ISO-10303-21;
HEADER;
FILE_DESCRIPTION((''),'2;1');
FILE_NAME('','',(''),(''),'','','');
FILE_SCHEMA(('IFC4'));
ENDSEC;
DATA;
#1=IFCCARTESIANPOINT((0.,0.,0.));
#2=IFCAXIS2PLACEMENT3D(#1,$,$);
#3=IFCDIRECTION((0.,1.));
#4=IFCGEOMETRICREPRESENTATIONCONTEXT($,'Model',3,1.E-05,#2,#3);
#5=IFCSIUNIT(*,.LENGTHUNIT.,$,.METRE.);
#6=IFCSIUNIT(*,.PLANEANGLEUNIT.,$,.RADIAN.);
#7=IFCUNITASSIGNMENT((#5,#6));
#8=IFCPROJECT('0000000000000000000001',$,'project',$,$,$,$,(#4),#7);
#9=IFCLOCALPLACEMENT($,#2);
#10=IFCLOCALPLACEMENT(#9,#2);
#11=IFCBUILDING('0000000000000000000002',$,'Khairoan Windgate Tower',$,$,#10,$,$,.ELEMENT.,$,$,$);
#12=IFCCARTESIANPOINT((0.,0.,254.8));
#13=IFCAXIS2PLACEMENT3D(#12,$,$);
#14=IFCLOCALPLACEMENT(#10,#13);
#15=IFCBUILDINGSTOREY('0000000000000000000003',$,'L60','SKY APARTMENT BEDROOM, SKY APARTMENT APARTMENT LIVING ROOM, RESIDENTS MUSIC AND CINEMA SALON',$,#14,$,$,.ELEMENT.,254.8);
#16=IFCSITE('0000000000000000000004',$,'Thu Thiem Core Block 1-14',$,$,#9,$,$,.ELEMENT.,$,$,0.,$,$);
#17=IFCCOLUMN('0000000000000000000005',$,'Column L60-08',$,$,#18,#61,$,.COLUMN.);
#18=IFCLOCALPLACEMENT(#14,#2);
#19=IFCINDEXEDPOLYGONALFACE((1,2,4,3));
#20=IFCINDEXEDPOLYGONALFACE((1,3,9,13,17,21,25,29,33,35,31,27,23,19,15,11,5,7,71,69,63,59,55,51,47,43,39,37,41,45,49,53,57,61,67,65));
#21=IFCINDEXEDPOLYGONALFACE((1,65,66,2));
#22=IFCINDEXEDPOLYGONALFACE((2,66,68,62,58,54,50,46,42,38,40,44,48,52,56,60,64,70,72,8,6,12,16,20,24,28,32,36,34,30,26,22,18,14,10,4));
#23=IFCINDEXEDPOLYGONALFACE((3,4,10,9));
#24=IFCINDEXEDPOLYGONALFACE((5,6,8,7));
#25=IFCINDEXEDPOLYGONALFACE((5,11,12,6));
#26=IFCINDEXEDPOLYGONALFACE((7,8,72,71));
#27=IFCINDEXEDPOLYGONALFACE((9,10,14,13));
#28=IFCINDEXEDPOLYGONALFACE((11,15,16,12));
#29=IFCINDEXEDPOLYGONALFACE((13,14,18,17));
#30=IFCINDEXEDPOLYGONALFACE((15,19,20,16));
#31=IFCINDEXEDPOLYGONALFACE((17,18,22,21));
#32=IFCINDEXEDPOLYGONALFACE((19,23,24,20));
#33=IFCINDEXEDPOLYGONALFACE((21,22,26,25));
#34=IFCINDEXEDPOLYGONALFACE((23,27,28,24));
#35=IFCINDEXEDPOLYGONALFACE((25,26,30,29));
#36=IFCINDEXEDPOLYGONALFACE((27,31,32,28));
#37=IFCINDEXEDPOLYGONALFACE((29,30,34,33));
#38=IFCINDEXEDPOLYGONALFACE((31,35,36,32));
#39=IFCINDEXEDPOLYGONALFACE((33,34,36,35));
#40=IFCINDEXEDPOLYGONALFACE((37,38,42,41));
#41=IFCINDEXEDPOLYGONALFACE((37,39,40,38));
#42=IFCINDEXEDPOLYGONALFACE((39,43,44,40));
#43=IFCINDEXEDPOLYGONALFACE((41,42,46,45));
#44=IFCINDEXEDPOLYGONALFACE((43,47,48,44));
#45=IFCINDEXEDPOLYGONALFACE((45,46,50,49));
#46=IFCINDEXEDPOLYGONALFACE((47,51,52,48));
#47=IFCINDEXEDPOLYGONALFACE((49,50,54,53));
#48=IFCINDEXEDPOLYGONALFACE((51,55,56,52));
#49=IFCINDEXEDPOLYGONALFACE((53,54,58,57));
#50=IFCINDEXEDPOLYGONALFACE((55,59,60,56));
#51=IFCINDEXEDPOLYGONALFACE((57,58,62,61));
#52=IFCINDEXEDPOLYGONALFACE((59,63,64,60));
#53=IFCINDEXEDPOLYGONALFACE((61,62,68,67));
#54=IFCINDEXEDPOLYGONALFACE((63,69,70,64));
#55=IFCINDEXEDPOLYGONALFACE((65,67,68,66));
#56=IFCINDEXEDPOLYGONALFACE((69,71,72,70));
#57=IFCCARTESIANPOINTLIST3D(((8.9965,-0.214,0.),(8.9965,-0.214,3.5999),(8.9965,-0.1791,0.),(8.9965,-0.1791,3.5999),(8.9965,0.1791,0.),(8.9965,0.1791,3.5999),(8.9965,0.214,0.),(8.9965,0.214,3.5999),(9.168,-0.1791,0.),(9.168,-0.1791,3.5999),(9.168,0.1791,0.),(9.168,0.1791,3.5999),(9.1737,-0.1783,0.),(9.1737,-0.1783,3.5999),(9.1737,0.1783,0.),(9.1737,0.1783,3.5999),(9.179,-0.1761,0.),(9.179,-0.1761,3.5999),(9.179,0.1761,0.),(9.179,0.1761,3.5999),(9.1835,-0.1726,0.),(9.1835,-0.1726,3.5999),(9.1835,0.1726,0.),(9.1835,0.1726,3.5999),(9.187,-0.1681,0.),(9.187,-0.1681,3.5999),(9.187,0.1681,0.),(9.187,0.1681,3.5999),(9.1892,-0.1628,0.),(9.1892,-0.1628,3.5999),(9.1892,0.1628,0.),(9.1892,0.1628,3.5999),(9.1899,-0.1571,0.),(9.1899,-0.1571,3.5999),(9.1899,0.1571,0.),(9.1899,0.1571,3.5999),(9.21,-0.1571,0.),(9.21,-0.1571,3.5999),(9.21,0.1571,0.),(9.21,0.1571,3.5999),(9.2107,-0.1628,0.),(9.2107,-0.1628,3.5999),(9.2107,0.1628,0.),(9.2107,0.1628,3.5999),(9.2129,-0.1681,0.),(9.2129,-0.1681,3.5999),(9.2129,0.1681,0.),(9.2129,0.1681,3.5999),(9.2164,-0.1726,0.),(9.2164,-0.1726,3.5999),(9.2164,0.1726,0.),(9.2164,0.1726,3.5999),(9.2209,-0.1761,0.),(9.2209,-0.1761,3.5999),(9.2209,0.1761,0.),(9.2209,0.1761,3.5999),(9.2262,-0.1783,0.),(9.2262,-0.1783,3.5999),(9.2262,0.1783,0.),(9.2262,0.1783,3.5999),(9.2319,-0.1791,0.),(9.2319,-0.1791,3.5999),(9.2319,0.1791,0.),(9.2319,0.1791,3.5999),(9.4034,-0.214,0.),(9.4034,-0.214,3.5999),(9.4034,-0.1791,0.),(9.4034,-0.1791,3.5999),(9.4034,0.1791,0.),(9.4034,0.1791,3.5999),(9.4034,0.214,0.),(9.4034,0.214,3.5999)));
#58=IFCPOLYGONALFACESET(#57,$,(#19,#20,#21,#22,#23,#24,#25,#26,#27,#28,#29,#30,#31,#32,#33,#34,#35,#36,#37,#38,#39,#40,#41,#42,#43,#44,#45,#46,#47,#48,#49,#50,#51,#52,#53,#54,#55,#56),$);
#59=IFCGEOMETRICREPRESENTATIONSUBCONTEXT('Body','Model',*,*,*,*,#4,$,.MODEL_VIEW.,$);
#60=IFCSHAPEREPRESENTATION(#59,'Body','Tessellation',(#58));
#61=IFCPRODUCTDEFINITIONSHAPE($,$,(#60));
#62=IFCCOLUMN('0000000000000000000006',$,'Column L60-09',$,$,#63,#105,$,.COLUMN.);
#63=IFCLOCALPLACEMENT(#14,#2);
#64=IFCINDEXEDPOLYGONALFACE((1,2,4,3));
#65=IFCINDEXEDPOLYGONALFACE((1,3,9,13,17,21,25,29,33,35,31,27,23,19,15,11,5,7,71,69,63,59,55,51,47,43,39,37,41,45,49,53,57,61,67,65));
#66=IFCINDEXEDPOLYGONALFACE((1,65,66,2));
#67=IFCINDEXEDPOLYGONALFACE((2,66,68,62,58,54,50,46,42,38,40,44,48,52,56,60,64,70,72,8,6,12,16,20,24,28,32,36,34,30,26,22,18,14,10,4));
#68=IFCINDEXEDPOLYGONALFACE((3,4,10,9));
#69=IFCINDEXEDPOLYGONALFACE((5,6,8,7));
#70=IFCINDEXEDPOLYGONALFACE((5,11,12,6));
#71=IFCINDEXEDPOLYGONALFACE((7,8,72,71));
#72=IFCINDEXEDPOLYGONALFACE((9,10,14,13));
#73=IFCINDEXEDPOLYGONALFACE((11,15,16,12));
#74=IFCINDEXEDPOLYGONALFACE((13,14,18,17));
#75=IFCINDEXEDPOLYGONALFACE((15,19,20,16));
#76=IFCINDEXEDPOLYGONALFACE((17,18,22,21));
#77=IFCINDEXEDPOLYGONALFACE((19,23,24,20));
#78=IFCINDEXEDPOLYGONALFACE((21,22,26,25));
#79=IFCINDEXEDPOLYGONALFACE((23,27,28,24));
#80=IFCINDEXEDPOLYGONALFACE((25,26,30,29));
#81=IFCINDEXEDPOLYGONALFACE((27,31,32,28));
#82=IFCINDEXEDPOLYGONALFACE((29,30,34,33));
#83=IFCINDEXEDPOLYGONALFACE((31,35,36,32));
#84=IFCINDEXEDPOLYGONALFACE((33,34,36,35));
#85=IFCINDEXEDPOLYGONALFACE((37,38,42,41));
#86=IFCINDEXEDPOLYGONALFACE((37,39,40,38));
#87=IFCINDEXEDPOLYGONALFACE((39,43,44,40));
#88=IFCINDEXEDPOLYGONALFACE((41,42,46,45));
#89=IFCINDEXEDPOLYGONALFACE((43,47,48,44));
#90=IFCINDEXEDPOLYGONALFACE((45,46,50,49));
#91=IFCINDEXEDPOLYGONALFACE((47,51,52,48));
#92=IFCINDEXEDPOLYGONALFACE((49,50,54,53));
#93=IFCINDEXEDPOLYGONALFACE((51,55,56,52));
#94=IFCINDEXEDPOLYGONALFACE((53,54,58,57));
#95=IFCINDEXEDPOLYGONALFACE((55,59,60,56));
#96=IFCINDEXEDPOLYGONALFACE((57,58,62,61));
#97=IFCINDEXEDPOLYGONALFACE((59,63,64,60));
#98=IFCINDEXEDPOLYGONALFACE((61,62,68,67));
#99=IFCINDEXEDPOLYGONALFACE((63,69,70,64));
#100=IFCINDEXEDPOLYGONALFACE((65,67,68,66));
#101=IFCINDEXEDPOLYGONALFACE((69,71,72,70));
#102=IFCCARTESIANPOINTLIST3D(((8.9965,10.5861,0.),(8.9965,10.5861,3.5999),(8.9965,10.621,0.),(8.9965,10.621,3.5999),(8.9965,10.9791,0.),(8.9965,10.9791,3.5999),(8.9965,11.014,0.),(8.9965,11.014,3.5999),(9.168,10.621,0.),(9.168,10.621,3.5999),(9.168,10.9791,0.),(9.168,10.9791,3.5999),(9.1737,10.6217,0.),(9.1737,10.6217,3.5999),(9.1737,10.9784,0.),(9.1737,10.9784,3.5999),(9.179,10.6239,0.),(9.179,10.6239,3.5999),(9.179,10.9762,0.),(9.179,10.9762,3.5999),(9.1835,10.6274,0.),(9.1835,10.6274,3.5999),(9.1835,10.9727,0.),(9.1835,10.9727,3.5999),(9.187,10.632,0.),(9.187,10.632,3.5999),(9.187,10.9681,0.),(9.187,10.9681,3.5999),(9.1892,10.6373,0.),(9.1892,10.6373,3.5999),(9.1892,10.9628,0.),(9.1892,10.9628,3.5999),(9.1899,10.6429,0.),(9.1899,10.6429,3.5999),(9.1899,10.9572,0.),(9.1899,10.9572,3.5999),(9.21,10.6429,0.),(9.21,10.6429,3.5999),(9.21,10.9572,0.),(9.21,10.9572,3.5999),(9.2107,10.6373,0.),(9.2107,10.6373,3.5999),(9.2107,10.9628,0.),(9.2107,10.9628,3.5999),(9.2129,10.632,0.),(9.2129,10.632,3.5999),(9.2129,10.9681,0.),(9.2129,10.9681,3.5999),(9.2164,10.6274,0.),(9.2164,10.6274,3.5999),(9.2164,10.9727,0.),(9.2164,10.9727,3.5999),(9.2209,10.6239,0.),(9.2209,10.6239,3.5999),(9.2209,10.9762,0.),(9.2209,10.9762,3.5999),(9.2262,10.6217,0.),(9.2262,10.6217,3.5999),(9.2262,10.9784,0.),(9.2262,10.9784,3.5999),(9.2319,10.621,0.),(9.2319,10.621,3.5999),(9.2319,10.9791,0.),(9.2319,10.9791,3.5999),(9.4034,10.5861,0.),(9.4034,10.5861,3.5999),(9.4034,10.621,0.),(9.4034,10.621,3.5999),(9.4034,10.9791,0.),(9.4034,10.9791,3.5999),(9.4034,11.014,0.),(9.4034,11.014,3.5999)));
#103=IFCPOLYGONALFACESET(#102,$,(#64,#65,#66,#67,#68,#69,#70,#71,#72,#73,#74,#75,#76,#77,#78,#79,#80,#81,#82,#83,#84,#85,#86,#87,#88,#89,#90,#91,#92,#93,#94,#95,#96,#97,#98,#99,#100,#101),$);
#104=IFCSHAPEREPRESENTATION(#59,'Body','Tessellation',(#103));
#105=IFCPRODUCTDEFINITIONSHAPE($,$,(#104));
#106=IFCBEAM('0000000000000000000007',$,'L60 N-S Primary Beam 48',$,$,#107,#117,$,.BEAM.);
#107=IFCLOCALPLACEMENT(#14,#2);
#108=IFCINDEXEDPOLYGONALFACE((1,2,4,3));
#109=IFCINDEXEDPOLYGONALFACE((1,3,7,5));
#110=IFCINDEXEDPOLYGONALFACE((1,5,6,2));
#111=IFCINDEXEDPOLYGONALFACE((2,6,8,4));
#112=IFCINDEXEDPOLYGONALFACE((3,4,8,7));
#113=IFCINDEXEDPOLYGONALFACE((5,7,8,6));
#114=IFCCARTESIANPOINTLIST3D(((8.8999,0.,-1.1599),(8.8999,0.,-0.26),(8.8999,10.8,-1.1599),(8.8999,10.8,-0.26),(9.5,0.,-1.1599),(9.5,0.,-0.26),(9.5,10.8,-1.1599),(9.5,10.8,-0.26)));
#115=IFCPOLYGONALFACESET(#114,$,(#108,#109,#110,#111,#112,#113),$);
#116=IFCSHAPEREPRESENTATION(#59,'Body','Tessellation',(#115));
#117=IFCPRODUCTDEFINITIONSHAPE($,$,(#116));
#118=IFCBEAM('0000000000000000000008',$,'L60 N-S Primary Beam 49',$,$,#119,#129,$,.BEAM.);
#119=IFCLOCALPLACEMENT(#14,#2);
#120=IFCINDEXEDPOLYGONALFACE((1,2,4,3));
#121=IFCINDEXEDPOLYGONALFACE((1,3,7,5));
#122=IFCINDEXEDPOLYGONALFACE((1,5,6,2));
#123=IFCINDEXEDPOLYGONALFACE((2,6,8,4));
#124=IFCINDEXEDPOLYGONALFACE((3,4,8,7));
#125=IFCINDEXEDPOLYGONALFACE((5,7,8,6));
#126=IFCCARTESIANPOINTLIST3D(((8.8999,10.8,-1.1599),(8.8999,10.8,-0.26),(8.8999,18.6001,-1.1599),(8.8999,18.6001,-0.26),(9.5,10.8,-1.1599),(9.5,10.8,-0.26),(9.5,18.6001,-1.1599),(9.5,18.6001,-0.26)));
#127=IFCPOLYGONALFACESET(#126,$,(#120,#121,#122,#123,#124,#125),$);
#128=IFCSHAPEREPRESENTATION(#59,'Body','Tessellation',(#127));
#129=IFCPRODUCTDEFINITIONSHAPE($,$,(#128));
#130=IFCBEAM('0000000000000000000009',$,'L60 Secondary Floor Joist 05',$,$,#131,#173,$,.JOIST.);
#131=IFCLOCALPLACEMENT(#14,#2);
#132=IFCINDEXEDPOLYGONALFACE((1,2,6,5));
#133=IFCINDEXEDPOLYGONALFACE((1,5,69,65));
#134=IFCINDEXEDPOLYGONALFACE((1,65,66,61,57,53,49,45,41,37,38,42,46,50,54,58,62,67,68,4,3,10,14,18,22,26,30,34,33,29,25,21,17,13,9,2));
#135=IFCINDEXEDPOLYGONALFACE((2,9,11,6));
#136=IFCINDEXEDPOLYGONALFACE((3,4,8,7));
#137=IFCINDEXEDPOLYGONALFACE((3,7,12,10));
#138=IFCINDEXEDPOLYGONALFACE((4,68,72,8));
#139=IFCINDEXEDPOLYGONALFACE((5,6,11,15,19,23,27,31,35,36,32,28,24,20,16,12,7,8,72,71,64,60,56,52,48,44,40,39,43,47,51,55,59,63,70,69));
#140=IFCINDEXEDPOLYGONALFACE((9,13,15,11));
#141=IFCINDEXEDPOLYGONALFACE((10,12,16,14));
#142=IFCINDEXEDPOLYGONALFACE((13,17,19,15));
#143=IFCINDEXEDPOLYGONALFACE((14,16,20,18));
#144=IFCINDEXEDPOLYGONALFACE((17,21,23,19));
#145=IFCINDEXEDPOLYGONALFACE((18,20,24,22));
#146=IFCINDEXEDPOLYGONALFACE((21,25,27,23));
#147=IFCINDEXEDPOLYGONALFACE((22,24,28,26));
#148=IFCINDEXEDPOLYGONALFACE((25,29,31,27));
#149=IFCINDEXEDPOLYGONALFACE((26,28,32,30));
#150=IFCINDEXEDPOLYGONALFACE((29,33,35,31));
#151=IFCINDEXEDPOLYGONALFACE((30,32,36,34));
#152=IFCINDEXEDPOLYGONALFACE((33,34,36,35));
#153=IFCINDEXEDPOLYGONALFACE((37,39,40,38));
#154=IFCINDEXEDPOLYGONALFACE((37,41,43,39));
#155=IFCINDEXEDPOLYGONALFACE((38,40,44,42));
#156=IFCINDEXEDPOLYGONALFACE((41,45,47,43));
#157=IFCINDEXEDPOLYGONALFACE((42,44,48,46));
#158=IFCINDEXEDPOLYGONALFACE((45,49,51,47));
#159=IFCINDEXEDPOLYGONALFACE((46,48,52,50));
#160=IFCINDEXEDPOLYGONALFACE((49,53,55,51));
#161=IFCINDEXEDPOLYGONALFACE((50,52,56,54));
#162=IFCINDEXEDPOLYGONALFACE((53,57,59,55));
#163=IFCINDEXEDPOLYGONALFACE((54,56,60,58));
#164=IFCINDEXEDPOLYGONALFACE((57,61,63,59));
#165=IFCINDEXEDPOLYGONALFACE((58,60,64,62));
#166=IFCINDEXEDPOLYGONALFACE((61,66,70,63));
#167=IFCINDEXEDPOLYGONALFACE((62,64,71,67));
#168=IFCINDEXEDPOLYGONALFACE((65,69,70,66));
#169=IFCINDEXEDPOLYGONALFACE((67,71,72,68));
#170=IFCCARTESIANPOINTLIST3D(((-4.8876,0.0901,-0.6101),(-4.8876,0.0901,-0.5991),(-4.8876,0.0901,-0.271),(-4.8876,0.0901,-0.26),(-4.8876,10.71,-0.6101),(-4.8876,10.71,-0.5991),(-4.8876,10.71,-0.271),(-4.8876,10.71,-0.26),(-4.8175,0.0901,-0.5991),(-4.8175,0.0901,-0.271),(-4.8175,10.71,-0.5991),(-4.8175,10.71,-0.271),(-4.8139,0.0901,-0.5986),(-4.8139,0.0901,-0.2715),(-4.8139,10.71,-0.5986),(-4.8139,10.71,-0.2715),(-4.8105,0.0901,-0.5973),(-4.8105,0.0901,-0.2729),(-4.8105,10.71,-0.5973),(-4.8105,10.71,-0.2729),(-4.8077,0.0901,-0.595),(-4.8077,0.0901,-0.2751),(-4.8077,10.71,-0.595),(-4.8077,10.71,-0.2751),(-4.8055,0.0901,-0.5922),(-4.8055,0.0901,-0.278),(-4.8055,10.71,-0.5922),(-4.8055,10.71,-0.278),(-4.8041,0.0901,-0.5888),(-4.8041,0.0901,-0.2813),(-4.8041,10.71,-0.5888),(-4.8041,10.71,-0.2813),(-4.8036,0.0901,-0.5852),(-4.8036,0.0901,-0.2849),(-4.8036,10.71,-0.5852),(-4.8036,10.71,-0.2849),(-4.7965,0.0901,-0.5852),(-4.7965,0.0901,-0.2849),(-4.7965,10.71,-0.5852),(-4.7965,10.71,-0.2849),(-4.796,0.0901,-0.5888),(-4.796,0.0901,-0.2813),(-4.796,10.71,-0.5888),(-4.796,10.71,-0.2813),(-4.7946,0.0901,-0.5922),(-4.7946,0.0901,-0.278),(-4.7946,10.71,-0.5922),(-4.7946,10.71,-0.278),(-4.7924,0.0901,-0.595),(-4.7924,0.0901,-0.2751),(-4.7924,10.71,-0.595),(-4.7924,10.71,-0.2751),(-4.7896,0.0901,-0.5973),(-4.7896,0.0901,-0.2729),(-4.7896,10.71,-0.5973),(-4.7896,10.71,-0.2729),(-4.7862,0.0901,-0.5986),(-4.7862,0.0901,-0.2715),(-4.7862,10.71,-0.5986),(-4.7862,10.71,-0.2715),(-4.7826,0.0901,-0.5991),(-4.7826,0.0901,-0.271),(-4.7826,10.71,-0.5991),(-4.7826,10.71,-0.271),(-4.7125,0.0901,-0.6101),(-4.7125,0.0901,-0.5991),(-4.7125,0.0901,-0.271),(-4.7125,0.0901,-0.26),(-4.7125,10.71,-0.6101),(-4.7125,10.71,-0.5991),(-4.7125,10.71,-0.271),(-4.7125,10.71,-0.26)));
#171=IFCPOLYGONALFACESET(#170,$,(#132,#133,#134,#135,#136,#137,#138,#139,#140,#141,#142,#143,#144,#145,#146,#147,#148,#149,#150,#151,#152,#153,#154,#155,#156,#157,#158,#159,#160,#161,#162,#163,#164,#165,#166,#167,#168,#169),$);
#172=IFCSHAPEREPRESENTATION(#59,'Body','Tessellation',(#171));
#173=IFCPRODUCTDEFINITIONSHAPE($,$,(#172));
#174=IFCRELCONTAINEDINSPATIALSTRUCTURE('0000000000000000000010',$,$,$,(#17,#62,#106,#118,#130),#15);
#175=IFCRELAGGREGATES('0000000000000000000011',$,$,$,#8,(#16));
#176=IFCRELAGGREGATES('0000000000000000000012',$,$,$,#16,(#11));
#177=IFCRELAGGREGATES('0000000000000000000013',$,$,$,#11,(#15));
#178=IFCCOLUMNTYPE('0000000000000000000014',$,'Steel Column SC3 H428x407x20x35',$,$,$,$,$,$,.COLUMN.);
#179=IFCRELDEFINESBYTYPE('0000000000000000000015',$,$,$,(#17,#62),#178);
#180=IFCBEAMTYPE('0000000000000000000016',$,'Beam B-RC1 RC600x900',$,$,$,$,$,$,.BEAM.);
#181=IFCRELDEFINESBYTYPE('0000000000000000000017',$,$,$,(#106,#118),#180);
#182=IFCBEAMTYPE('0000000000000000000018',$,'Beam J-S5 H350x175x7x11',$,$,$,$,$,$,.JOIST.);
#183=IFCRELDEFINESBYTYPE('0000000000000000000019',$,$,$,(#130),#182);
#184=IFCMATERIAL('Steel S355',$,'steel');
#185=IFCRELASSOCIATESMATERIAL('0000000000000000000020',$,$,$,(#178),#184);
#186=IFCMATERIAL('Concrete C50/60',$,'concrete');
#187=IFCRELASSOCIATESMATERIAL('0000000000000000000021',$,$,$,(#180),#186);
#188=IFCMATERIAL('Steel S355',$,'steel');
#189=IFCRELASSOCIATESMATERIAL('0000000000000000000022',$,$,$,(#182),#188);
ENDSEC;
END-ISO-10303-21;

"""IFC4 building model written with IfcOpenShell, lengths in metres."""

from ifc_helpers import new_model, si_unit, direction, frame, origin, origin_2d, place, context, subcontext, project, spatial, rectangle, i_section, extrude, material, material_profile, profile_set, type_object, element, save


model = new_model("IFC4")

# Units and contexts
model_context = context("Model", 3, precision=1e-05, world=origin(), true_north=direction((0.0, 1.0)))
body_context = subcontext(model_context, "Body", "Model", "MODEL_VIEW")
ifc_project = project(units=[si_unit("LENGTHUNIT", "METRE"), si_unit("PLANEANGLEUNIT", "RADIAN")], contexts=[model_context])

# Site, building, storey
site_placement = place(None, origin())
site = spatial("IfcSite", under=ifc_project, at=site_placement, Name="Thu Thiem Core Block 1-14", CompositionType="ELEMENT", RefElevation=0.0)
building_placement = place(site_placement, origin())
building = spatial("IfcBuilding", under=site, at=building_placement, Name="Khairoan Windgate Tower", CompositionType="ELEMENT")
storey_placement = place(building_placement, frame((0.0, 0.0, 254.8)))
storey = spatial("IfcBuildingStorey", under=building, at=storey_placement, Name="L60", Description="SKY APARTMENT BEDROOM, SKY APARTMENT APARTMENT LIVING ROOM, RESIDENTS MUSIC AND CINEMA SALON", CompositionType="ELEMENT", Elevation=254.8)

# Columns
ifc_material_1 = material(Name="Steel S355", Category="steel")
ifc_material_profile_1 = material_profile(ifc_material_1, i_section(OverallWidth=0.407, OverallDepth=0.428, WebThickness=0.02, FlangeThickness=0.0349, FilletRadius=0.022, at=origin_2d()))
ifc_profile_set_1 = profile_set([ifc_material_profile_1], Name="Steel S355")
column_type = type_object("IfcColumnType", Name="Steel Column SC3 H428x407x20x35", PredefinedType="COLUMN", material=ifc_profile_set_1)
for number, where, z_axis, x_axis, name in (
    (1, (9.2, 0.0, 0.0), (0.0, 0.0, 1.0), (1.0, 0.0, 0.0), "Column L60-08"),
    (2, (9.2, 10.8, 0.0), (0.0, 0.0, 1.0), (1.0, 0.0, 0.0), "Column L60-09"),
):
    element("IfcColumn", number, at=place(storey_placement, frame(where, z_axis=z_axis, x_axis=x_axis)), inside=storey, type_object=column_type, Name=name, PredefinedType="COLUMN", context=body_context, shape_type="SweptSolid", body=[
        extrude(i_section(OverallWidth=0.407, OverallDepth=0.428, WebThickness=0.02, FlangeThickness=0.0349, FilletRadius=0.022, at=origin_2d()), origin(), (0.0, 0.0, 1.0), 3.5999),
    ])

# Beams
ifc_material_2 = material(Name="Concrete C50/60", Category="concrete")
ifc_material_profile_2 = material_profile(ifc_material_2, rectangle(XDim=0.6001, YDim=0.8999, at=origin_2d()))
ifc_profile_set_2 = profile_set([ifc_material_profile_2], Name="Concrete C50/60")
beam_type_1 = type_object("IfcBeamType", Name="Beam B-RC1 RC600x900", PredefinedType="BEAM", material=ifc_profile_set_2)
beam_1_placement = place(storey_placement, frame((9.2, 0.0, -0.71), z_axis=(0.0, 1.0, 0.0), x_axis=(-1.0, 0.0, 0.0)))
element("IfcBeam", 3, at=beam_1_placement, inside=storey, type_object=beam_type_1, Name="L60 N-S Primary Beam 48", PredefinedType="BEAM", context=body_context, shape_type="SweptSolid", body=[
    extrude(rectangle(XDim=0.6001, YDim=0.8999, at=origin_2d()), origin(), (0.0, 0.0, 1.0), 10.8),
])
beam_2_placement = place(storey_placement, frame((9.2, 10.8, -0.71), z_axis=(0.0, 1.0, 0.0), x_axis=(-1.0, 0.0, 0.0)))
element("IfcBeam", 4, at=beam_2_placement, inside=storey, type_object=beam_type_1, Name="L60 N-S Primary Beam 49", PredefinedType="BEAM", context=body_context, shape_type="SweptSolid", body=[
    extrude(rectangle(XDim=0.6001, YDim=0.8999, at=origin_2d()), origin(), (0.0, 0.0, 1.0), 7.8),
])
ifc_material_3 = material(Name="Steel S355", Category="steel")
ifc_material_profile_3 = material_profile(ifc_material_3, i_section(OverallWidth=0.175, OverallDepth=0.3501, WebThickness=0.0071, FlangeThickness=0.011, FilletRadius=0.0139, at=origin_2d()))
ifc_profile_set_3 = profile_set([ifc_material_profile_3], Name="Steel S355")
beam_type_2 = type_object("IfcBeamType", Name="Beam J-S5 H350x175x7x11", PredefinedType="JOIST", material=ifc_profile_set_3)
beam_3_placement = place(storey_placement, frame((-4.8, 0.0901, -0.4351), z_axis=(0.0, 1.0, 0.0), x_axis=(-1.0, 0.0, 0.0)))
element("IfcBeam", 5, at=beam_3_placement, inside=storey, type_object=beam_type_2, Name="L60 Secondary Floor Joist 05", PredefinedType="JOIST", context=body_context, shape_type="SweptSolid", body=[
    extrude(i_section(OverallWidth=0.175, OverallDepth=0.3501, WebThickness=0.0071, FlangeThickness=0.011, FilletRadius=0.0139, at=origin_2d()), origin(), (0.0, 0.0, 1.0), 10.6199),
])

save(model, "model.ifc")
